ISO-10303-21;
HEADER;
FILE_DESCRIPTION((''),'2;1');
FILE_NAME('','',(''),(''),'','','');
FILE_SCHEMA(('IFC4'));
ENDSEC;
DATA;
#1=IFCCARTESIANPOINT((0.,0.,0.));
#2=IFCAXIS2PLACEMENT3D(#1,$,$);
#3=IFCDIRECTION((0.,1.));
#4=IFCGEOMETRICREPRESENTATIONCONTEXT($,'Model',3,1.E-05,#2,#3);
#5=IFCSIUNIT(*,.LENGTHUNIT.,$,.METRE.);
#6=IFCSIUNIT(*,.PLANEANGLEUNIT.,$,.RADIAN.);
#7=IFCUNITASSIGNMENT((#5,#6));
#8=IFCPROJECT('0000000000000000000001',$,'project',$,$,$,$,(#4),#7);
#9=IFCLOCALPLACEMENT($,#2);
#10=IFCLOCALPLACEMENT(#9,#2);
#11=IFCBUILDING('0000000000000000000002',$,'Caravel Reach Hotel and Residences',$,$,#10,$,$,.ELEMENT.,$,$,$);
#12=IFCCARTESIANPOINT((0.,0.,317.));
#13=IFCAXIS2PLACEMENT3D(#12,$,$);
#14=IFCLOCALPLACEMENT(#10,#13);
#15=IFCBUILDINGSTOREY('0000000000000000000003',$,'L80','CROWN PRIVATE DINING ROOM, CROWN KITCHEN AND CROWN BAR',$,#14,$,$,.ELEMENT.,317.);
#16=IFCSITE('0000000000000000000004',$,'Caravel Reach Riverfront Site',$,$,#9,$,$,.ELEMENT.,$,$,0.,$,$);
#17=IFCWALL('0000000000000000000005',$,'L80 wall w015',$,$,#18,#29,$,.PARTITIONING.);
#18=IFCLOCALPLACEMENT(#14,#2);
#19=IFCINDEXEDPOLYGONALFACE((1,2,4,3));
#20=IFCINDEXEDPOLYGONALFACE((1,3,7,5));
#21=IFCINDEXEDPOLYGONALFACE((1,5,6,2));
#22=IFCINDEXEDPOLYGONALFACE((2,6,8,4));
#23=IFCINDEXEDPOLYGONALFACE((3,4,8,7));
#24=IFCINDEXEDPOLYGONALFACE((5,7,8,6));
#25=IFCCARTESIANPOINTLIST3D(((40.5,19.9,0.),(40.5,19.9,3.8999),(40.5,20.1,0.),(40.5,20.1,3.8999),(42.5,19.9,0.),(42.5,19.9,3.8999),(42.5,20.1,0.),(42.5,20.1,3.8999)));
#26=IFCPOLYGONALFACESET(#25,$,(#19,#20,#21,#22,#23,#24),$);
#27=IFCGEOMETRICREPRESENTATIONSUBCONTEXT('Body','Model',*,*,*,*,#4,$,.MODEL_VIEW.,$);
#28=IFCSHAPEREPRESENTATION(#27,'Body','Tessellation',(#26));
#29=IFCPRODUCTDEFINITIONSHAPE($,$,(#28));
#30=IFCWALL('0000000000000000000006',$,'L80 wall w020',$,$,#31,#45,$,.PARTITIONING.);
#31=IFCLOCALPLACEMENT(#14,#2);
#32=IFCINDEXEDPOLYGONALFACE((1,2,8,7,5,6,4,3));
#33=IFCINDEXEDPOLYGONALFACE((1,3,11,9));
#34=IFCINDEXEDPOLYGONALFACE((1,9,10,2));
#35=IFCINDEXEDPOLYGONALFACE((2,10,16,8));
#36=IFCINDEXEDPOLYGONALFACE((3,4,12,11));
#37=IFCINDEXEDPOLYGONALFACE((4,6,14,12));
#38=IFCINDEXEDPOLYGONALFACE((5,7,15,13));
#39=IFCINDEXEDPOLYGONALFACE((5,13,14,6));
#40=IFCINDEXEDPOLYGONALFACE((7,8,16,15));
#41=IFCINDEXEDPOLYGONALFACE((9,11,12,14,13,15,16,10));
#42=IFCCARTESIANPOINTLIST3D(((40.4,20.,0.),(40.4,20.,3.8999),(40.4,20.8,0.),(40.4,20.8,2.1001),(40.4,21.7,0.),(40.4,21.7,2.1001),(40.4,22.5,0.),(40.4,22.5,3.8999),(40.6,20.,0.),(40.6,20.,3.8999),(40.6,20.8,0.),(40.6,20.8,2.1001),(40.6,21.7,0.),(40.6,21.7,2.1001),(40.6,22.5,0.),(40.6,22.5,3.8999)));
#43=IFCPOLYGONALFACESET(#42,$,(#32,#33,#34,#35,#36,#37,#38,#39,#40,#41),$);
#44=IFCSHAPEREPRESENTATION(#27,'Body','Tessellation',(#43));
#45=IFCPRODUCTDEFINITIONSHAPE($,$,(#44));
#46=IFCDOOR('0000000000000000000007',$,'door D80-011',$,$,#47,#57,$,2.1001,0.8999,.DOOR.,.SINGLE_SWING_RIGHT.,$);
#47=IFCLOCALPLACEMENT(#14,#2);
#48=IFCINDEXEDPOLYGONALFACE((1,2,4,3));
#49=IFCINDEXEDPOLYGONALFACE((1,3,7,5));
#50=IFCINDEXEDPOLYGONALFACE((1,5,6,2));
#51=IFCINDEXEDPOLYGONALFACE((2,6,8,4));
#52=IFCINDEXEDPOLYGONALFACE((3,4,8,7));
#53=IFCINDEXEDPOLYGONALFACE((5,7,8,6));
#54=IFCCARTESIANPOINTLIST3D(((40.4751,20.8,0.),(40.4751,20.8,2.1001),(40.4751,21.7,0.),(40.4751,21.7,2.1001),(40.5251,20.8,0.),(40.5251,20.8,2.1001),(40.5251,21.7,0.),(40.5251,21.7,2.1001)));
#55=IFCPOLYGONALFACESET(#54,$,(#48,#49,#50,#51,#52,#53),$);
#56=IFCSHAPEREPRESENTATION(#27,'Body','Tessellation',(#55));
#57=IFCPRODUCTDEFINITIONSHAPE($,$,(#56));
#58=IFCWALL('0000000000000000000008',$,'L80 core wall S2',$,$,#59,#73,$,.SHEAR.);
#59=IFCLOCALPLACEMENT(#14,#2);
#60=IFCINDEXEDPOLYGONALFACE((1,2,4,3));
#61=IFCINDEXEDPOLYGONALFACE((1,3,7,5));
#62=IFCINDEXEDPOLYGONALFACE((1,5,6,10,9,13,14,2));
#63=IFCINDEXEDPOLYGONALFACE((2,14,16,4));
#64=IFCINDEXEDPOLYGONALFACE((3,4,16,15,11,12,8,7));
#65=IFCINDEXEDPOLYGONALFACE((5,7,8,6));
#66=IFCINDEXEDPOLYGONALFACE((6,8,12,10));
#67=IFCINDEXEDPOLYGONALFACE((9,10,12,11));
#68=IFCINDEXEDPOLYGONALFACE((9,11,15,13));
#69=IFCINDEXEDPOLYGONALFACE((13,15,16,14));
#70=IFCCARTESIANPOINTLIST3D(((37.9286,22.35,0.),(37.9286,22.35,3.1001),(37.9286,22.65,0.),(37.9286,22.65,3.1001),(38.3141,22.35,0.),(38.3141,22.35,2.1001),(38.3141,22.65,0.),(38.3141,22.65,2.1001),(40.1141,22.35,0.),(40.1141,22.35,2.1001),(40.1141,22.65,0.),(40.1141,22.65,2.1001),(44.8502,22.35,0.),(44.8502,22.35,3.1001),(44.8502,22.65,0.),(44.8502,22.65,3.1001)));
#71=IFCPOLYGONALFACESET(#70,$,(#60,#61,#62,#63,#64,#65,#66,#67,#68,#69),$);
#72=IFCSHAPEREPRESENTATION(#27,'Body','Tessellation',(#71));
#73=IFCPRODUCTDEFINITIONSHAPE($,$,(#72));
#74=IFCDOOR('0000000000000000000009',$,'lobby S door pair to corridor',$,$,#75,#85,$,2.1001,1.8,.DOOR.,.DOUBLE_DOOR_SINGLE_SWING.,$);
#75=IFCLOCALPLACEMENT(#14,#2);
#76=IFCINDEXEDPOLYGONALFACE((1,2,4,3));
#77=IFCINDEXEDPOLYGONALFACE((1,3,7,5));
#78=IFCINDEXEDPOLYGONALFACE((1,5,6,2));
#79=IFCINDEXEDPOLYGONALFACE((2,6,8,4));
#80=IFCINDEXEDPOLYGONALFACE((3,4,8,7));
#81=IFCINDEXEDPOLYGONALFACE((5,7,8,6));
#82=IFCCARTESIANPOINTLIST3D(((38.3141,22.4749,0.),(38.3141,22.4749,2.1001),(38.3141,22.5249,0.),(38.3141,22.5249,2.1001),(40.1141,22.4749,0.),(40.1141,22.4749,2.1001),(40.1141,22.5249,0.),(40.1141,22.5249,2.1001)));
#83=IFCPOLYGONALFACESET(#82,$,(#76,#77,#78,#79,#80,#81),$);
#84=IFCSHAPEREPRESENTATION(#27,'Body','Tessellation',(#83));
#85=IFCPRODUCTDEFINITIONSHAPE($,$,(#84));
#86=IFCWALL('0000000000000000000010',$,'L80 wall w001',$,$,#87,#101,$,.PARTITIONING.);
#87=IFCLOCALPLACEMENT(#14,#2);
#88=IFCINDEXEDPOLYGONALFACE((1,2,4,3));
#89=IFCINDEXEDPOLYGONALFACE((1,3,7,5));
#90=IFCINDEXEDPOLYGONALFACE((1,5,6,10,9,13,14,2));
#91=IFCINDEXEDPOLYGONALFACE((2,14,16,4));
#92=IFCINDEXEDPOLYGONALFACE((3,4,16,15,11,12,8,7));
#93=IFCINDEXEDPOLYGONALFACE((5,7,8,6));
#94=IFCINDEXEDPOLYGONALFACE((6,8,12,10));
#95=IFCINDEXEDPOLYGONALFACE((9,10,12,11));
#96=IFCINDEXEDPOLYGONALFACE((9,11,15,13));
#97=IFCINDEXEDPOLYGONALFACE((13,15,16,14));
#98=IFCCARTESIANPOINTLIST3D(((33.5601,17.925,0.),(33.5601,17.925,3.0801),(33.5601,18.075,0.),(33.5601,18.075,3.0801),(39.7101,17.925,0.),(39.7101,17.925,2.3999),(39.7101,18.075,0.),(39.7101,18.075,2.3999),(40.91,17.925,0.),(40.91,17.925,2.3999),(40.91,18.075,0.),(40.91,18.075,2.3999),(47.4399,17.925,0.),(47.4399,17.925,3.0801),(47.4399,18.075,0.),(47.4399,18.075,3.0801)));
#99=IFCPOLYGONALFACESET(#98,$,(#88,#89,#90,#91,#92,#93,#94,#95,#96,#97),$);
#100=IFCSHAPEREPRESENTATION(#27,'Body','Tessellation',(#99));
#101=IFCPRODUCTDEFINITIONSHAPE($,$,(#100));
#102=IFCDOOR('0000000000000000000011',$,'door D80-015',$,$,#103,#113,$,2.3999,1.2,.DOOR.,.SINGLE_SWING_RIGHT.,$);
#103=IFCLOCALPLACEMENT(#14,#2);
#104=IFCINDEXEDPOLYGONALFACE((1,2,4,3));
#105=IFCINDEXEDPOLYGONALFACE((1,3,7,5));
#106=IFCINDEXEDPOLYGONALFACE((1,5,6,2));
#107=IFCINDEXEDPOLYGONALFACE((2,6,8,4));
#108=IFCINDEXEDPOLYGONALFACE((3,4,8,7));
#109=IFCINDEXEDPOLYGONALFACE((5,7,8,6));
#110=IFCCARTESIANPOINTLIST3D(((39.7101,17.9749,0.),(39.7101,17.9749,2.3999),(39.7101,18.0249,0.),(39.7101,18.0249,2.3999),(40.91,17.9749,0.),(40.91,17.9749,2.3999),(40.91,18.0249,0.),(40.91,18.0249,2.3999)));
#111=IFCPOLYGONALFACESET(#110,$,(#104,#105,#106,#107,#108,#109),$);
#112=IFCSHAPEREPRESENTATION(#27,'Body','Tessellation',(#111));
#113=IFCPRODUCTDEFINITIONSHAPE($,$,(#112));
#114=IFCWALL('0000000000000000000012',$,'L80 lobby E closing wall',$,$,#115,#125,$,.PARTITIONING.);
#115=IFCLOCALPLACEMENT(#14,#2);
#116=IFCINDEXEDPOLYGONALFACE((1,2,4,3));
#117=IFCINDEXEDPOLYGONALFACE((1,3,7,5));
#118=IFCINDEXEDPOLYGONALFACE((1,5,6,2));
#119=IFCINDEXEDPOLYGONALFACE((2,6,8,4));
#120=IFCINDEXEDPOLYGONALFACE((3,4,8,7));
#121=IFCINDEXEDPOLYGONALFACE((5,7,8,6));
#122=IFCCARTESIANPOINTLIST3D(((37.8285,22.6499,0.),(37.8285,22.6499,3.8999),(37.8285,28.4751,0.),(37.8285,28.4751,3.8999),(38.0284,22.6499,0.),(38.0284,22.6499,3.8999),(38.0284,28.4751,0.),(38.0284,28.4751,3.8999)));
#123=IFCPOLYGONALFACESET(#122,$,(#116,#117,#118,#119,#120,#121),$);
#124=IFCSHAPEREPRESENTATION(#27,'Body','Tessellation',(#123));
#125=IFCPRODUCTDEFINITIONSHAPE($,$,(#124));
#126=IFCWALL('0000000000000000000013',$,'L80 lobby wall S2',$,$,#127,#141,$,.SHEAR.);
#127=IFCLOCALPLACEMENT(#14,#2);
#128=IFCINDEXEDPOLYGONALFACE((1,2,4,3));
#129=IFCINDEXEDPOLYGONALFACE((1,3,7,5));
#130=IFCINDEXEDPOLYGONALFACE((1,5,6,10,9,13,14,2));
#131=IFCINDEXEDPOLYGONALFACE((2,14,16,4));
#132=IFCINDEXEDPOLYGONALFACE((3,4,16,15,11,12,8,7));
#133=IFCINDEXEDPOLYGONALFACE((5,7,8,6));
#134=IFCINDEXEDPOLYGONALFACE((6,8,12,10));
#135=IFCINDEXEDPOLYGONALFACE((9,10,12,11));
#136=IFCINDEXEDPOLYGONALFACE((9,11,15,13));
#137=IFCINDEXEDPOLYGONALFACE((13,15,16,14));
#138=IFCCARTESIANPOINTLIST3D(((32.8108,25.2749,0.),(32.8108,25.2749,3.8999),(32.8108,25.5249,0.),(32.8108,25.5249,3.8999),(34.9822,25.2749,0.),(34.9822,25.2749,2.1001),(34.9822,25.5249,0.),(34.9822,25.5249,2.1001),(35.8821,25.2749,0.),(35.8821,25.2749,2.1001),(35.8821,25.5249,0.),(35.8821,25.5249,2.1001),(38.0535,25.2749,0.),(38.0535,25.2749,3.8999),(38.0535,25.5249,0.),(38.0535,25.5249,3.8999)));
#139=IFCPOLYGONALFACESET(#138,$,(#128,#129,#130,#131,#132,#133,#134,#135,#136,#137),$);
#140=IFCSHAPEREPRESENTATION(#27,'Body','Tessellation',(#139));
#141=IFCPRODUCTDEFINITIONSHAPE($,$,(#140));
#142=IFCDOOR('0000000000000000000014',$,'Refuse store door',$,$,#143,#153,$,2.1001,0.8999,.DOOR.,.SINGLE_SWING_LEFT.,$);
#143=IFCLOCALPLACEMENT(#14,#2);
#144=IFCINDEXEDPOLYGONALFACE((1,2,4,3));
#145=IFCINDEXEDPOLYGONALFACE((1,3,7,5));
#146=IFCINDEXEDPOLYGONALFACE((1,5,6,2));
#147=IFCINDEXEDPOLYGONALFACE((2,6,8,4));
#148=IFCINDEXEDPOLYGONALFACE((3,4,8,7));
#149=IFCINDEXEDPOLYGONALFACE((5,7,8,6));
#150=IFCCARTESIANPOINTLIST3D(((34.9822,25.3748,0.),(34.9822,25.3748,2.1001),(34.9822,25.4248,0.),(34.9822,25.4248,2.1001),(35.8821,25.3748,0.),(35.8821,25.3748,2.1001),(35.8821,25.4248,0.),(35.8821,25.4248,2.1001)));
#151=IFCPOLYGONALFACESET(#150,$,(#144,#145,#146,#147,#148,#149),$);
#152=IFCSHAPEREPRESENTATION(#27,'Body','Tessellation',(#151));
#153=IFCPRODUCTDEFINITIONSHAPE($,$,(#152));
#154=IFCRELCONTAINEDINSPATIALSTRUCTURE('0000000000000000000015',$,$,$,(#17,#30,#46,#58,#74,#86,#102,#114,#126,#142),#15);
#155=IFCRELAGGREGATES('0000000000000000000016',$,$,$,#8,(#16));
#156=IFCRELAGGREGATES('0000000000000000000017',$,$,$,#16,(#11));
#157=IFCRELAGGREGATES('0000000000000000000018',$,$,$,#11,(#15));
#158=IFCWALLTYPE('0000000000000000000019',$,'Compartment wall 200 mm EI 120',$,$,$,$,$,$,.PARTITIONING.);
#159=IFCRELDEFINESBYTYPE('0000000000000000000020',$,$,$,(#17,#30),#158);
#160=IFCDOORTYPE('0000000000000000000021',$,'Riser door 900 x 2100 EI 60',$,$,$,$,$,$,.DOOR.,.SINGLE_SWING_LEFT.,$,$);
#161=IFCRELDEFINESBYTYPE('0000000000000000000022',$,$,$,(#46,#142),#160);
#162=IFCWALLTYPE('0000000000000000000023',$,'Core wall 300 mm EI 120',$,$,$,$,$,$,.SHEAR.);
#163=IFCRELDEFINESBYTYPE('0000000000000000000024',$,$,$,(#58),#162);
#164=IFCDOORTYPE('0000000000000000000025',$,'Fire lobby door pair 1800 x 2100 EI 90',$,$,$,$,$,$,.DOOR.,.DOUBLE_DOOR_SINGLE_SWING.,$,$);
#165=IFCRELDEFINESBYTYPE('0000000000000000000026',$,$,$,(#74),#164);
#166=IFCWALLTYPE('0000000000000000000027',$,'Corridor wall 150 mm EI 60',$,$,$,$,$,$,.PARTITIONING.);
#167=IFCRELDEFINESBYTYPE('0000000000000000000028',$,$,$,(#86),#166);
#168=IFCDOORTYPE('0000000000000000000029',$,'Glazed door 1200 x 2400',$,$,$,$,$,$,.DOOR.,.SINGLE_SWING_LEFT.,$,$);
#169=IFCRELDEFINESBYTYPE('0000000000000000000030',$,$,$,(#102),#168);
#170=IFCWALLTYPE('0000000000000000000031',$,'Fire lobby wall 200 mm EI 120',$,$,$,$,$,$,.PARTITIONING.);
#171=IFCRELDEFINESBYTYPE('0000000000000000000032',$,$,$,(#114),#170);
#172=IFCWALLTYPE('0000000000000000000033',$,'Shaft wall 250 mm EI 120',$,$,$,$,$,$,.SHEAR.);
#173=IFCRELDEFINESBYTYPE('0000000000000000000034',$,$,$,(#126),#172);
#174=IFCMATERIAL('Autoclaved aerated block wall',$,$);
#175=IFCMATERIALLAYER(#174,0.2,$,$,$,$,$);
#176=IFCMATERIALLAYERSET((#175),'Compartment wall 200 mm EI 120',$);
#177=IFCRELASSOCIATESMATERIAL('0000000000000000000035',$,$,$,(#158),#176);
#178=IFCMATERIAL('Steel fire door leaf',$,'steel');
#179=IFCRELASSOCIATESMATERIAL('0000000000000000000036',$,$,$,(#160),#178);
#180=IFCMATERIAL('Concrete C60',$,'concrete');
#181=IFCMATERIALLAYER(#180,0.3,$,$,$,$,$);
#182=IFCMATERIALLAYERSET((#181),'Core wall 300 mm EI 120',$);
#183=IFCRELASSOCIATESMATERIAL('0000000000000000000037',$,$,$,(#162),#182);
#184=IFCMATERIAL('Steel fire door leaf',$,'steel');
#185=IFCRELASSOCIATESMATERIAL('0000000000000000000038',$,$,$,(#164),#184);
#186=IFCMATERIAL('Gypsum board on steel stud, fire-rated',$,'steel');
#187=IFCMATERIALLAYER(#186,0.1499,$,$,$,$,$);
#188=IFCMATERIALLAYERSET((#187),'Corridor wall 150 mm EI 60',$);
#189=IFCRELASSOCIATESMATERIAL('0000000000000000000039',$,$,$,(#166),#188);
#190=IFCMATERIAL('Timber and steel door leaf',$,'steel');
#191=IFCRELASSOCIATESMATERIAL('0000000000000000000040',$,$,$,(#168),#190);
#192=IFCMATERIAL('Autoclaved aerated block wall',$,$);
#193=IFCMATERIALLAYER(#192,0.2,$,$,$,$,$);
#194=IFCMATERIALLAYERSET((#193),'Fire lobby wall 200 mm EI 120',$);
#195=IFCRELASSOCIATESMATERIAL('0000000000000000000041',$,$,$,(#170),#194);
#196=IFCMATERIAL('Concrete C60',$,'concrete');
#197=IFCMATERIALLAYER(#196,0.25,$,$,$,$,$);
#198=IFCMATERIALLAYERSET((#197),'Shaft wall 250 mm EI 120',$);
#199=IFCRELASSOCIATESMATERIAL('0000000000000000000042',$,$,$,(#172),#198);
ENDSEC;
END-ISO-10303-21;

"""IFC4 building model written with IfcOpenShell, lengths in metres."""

from ifc_helpers import new_model, si_unit, direction, frame, frame_2d, origin, place, context, subcontext, project, spatial, rectangle, extrude, material, layer, layer_set, type_object, element, fill, save


model = new_model("IFC4")

# Units and contexts
model_context = context("Model", 3, precision=1e-05, world=origin(), true_north=direction((0.0, 1.0)))
body_context = subcontext(model_context, "Body", "Model", "MODEL_VIEW")
ifc_project = project(units=[si_unit("LENGTHUNIT", "METRE"), si_unit("PLANEANGLEUNIT", "RADIAN")], contexts=[model_context])

# Site, building, storey
site_placement = place(None, origin())
site = spatial("IfcSite", under=ifc_project, at=site_placement, Name="Caravel Reach Riverfront Site", CompositionType="ELEMENT", RefElevation=0.0)
building_placement = place(site_placement, origin())
building = spatial("IfcBuilding", under=site, at=building_placement, Name="Caravel Reach Hotel and Residences", CompositionType="ELEMENT")
storey_placement = place(building_placement, frame((0.0, 0.0, 317.0)))
storey = spatial("IfcBuildingStorey", under=building, at=storey_placement, Name="L80", Description="CROWN PRIVATE DINING ROOM, CROWN KITCHEN AND CROWN BAR", CompositionType="ELEMENT", Elevation=317.0)

# Wall
ifc_material_1 = material(Name="Autoclaved aerated block wall")
ifc_layer_1 = layer(ifc_material_1, 0.2)
ifc_layer_set_1 = layer_set([ifc_layer_1], Name="Compartment wall 200 mm EI 120")
wall_type_1 = type_object("IfcWallType", Name="Compartment wall 200 mm EI 120", PredefinedType="PARTITIONING", material=ifc_layer_set_1)
wall_1_placement = place(storey_placement, frame((40.5, 20.0, 0.0), z_axis=(0.0, 0.0, 1.0), x_axis=(1.0, 0.0, 0.0)))
element("IfcWall", 1, at=wall_1_placement, inside=storey, type_object=wall_type_1, Name="L80 wall w015", PredefinedType="PARTITIONING", context=body_context, shape_type="SweptSolid", body=[
    extrude(rectangle(XDim=2.0, YDim=0.2, at=frame_2d((1.0, 0.0))), origin(), (0.0, 0.0, 1.0), 3.8999),
])

# Walls, openings, doors
wall_2_placement = place(storey_placement, frame((40.5, 20.0, 0.0), z_axis=(0.0, 0.0, 1.0), x_axis=(0.0, 1.0, 0.0)))
wall_2 = element("IfcWall", 2, at=wall_2_placement, inside=storey, type_object=wall_type_1, Name="L80 wall w020", PredefinedType="PARTITIONING", context=body_context, shape_type="SweptSolid", body=[
    extrude(rectangle(XDim=2.5, YDim=0.2, at=frame_2d((1.25, 0.0))), origin(), (0.0, 0.0, 1.0), 3.8999),
])
opening_1_placement = place(wall_2_placement, frame((0.8, 0.0, 0.0)))
opening_1 = element("IfcOpeningElement", 3, at=opening_1_placement, cuts=wall_2, PredefinedType="OPENING", context=body_context, shape_type="SweptSolid", body=[
    extrude(rectangle(XDim=0.8999, YDim=2.1001, at=frame_2d((0.45, 1.05))), frame((0.0, 0.1099, 0.0), z_axis=(0.0, -1.0, 0.0), x_axis=(1.0, 0.0, 0.0)), (0.0, 0.0, 1.0), 0.22),
])
ifc_material_2 = material(Name="Steel fire door leaf", Category="steel")
door_type_1 = type_object("IfcDoorType", Name="Riser door 900 x 2100 EI 60", OperationType="SINGLE_SWING_LEFT", PredefinedType="DOOR", material=ifc_material_2)
door_1_placement = place(opening_1_placement, origin())
door_1 = element("IfcDoor", 4, at=door_1_placement, inside=storey, type_object=door_type_1, Name="door D80-011", OperationType="SINGLE_SWING_RIGHT", OverallHeight=2.1001, OverallWidth=0.8999, PredefinedType="DOOR", context=body_context, shape_type="SweptSolid", body=[
    extrude(rectangle(XDim=0.8999, YDim=2.1001, at=frame_2d((0.45, 1.05))), frame((0.0, 0.0249, 0.0), z_axis=(0.0, -1.0, 0.0), x_axis=(1.0, 0.0, 0.0)), (0.0, 0.0, 1.0), 0.05),
])
fill(opening_1, door_1)
ifc_material_3 = material(Name="Concrete C60", Category="concrete")
ifc_layer_2 = layer(ifc_material_3, 0.3)
ifc_layer_set_2 = layer_set([ifc_layer_2], Name="Core wall 300 mm EI 120")
wall_type_2 = type_object("IfcWallType", Name="Core wall 300 mm EI 120", PredefinedType="SHEAR", material=ifc_layer_set_2)
wall_3_placement = place(storey_placement, frame((37.9285, 22.5, 0.0), z_axis=(0.0, 0.0, 1.0), x_axis=(1.0, 0.0, 0.0)))
wall_3 = element("IfcWall", 5, at=wall_3_placement, inside=storey, type_object=wall_type_2, Name="L80 core wall S2", PredefinedType="SHEAR", context=body_context, shape_type="SweptSolid", body=[
    extrude(rectangle(XDim=6.9216, YDim=0.3, at=frame_2d((3.4609, 0.0))), origin(), (0.0, 0.0, 1.0), 3.1001),
])
opening_2_placement = place(wall_3_placement, frame((0.3857, 0.0, 0.0)))
opening_2 = element("IfcOpeningElement", 6, at=opening_2_placement, cuts=wall_3, PredefinedType="OPENING", context=body_context, shape_type="SweptSolid", body=[
    extrude(rectangle(XDim=1.8, YDim=2.1001, at=frame_2d((0.8999, 1.05))), frame((0.0, 0.1599, 0.0), z_axis=(0.0, -1.0, 0.0), x_axis=(1.0, 0.0, 0.0)), (0.0, 0.0, 1.0), 0.3201),
])
ifc_material_4 = material(Name="Steel fire door leaf", Category="steel")
door_type_2 = type_object("IfcDoorType", Name="Fire lobby door pair 1800 x 2100 EI 90", OperationType="DOUBLE_DOOR_SINGLE_SWING", PredefinedType="DOOR", material=ifc_material_4)
door_2_placement = place(opening_2_placement, origin())
door_2 = element("IfcDoor", 7, at=door_2_placement, inside=storey, type_object=door_type_2, Name="lobby S door pair to corridor", OperationType="DOUBLE_DOOR_SINGLE_SWING", OverallHeight=2.1001, OverallWidth=1.8, PredefinedType="DOOR", context=body_context, shape_type="SweptSolid", body=[
    extrude(rectangle(XDim=1.8, YDim=2.1001, at=frame_2d((0.8999, 1.05))), frame((0.0, 0.0249, 0.0), z_axis=(0.0, -1.0, 0.0), x_axis=(1.0, 0.0, 0.0)), (0.0, 0.0, 1.0), 0.05),
])
fill(opening_2, door_2)
ifc_material_5 = material(Name="Gypsum board on steel stud, fire-rated", Category="steel")
ifc_layer_3 = layer(ifc_material_5, 0.1499)
ifc_layer_set_3 = layer_set([ifc_layer_3], Name="Corridor wall 150 mm EI 60")
wall_type_3 = type_object("IfcWallType", Name="Corridor wall 150 mm EI 60", PredefinedType="PARTITIONING", material=ifc_layer_set_3)
wall_4_placement = place(storey_placement, frame((33.5601, 18.0, 0.0), z_axis=(0.0, 0.0, 1.0), x_axis=(1.0, 0.0, 0.0)))
wall_4 = element("IfcWall", 8, at=wall_4_placement, inside=storey, type_object=wall_type_3, Name="L80 wall w001", PredefinedType="PARTITIONING", context=body_context, shape_type="SweptSolid", body=[
    extrude(rectangle(XDim=13.8799, YDim=0.1499, at=frame_2d((6.9399, 0.0))), origin(), (0.0, 0.0, 1.0), 3.0801),
])
opening_3_placement = place(wall_4_placement, frame((6.1499, 0.0, 0.0)))
opening_3 = element("IfcOpeningElement", 9, at=opening_3_placement, cuts=wall_4, PredefinedType="OPENING", context=body_context, shape_type="SweptSolid", body=[
    extrude(rectangle(XDim=1.2, YDim=2.3999, at=frame_2d((0.6001, 1.2))), frame((0.0, 0.085, 0.0), z_axis=(0.0, -1.0, 0.0), x_axis=(1.0, 0.0, 0.0)), (0.0, 0.0, 1.0), 0.1699),
])
ifc_material_6 = material(Name="Timber and steel door leaf", Category="steel")
door_type_3 = type_object("IfcDoorType", Name="Glazed door 1200 x 2400", OperationType="SINGLE_SWING_LEFT", PredefinedType="DOOR", material=ifc_material_6)
door_3_placement = place(opening_3_placement, origin())
door_3 = element("IfcDoor", 10, at=door_3_placement, inside=storey, type_object=door_type_3, Name="door D80-015", OperationType="SINGLE_SWING_RIGHT", OverallHeight=2.3999, OverallWidth=1.2, PredefinedType="DOOR", context=body_context, shape_type="SweptSolid", body=[
    extrude(rectangle(XDim=1.2, YDim=2.3999, at=frame_2d((0.6001, 1.2))), frame((0.0, 0.0249, 0.0), z_axis=(0.0, -1.0, 0.0), x_axis=(1.0, 0.0, 0.0)), (0.0, 0.0, 1.0), 0.05),
])
fill(opening_3, door_3)

# Wall
ifc_material_7 = material(Name="Autoclaved aerated block wall")
ifc_layer_4 = layer(ifc_material_7, 0.2)
ifc_layer_set_4 = layer_set([ifc_layer_4], Name="Fire lobby wall 200 mm EI 120")
wall_type_4 = type_object("IfcWallType", Name="Fire lobby wall 200 mm EI 120", PredefinedType="PARTITIONING", material=ifc_layer_set_4)
wall_5_placement = place(storey_placement, frame((37.9285, 22.6499, 0.0), z_axis=(0.0, 0.0, 1.0), x_axis=(0.0, 1.0, 0.0)))
element("IfcWall", 11, at=wall_5_placement, inside=storey, type_object=wall_type_4, Name="L80 lobby E closing wall", PredefinedType="PARTITIONING", context=body_context, shape_type="SweptSolid", body=[
    extrude(rectangle(XDim=5.8252, YDim=0.2, at=frame_2d((2.9126, 0.0))), origin(), (0.0, 0.0, 1.0), 3.8999),
])

# Wall, opening, door
ifc_material_8 = material(Name="Concrete C60", Category="concrete")
ifc_layer_5 = layer(ifc_material_8, 0.25)
ifc_layer_set_5 = layer_set([ifc_layer_5], Name="Shaft wall 250 mm EI 120")
wall_type_5 = type_object("IfcWallType", Name="Shaft wall 250 mm EI 120", PredefinedType="SHEAR", material=ifc_layer_set_5)
wall_6_placement = place(storey_placement, frame((32.8108, 25.3999, 0.0), z_axis=(0.0, 0.0, 1.0), x_axis=(1.0, 0.0, 0.0)))
wall_6 = element("IfcWall", 12, at=wall_6_placement, inside=storey, type_object=wall_type_5, Name="L80 lobby wall S2", PredefinedType="SHEAR", context=body_context, shape_type="SweptSolid", body=[
    extrude(rectangle(XDim=5.2427, YDim=0.25, at=frame_2d((2.6213, 0.0))), origin(), (0.0, 0.0, 1.0), 3.8999),
])
opening_4_placement = place(wall_6_placement, frame((2.1714, 0.0, 0.0)))
opening_4 = element("IfcOpeningElement", 13, at=opening_4_placement, cuts=wall_6, PredefinedType="OPENING", context=body_context, shape_type="SweptSolid", body=[
    extrude(rectangle(XDim=0.8999, YDim=2.1001, at=frame_2d((0.45, 1.05))), frame((0.0, 0.135, 0.0), z_axis=(0.0, -1.0, 0.0), x_axis=(1.0, 0.0, 0.0)), (0.0, 0.0, 1.0), 0.27),
])
door_4_placement = place(opening_4_placement, origin())
door_4 = element("IfcDoor", 14, at=door_4_placement, inside=storey, type_object=door_type_1, Name="Refuse store door", OperationType="SINGLE_SWING_LEFT", OverallHeight=2.1001, OverallWidth=0.8999, PredefinedType="DOOR", context=body_context, shape_type="SweptSolid", body=[
    extrude(rectangle(XDim=0.8999, YDim=2.1001, at=frame_2d((0.45, 1.05))), frame((0.0, 0.0249, 0.0), z_axis=(0.0, -1.0, 0.0), x_axis=(1.0, 0.0, 0.0)), (0.0, 0.0, 1.0), 0.05),
])
fill(opening_4, door_4)

save(model, "model.ifc")
